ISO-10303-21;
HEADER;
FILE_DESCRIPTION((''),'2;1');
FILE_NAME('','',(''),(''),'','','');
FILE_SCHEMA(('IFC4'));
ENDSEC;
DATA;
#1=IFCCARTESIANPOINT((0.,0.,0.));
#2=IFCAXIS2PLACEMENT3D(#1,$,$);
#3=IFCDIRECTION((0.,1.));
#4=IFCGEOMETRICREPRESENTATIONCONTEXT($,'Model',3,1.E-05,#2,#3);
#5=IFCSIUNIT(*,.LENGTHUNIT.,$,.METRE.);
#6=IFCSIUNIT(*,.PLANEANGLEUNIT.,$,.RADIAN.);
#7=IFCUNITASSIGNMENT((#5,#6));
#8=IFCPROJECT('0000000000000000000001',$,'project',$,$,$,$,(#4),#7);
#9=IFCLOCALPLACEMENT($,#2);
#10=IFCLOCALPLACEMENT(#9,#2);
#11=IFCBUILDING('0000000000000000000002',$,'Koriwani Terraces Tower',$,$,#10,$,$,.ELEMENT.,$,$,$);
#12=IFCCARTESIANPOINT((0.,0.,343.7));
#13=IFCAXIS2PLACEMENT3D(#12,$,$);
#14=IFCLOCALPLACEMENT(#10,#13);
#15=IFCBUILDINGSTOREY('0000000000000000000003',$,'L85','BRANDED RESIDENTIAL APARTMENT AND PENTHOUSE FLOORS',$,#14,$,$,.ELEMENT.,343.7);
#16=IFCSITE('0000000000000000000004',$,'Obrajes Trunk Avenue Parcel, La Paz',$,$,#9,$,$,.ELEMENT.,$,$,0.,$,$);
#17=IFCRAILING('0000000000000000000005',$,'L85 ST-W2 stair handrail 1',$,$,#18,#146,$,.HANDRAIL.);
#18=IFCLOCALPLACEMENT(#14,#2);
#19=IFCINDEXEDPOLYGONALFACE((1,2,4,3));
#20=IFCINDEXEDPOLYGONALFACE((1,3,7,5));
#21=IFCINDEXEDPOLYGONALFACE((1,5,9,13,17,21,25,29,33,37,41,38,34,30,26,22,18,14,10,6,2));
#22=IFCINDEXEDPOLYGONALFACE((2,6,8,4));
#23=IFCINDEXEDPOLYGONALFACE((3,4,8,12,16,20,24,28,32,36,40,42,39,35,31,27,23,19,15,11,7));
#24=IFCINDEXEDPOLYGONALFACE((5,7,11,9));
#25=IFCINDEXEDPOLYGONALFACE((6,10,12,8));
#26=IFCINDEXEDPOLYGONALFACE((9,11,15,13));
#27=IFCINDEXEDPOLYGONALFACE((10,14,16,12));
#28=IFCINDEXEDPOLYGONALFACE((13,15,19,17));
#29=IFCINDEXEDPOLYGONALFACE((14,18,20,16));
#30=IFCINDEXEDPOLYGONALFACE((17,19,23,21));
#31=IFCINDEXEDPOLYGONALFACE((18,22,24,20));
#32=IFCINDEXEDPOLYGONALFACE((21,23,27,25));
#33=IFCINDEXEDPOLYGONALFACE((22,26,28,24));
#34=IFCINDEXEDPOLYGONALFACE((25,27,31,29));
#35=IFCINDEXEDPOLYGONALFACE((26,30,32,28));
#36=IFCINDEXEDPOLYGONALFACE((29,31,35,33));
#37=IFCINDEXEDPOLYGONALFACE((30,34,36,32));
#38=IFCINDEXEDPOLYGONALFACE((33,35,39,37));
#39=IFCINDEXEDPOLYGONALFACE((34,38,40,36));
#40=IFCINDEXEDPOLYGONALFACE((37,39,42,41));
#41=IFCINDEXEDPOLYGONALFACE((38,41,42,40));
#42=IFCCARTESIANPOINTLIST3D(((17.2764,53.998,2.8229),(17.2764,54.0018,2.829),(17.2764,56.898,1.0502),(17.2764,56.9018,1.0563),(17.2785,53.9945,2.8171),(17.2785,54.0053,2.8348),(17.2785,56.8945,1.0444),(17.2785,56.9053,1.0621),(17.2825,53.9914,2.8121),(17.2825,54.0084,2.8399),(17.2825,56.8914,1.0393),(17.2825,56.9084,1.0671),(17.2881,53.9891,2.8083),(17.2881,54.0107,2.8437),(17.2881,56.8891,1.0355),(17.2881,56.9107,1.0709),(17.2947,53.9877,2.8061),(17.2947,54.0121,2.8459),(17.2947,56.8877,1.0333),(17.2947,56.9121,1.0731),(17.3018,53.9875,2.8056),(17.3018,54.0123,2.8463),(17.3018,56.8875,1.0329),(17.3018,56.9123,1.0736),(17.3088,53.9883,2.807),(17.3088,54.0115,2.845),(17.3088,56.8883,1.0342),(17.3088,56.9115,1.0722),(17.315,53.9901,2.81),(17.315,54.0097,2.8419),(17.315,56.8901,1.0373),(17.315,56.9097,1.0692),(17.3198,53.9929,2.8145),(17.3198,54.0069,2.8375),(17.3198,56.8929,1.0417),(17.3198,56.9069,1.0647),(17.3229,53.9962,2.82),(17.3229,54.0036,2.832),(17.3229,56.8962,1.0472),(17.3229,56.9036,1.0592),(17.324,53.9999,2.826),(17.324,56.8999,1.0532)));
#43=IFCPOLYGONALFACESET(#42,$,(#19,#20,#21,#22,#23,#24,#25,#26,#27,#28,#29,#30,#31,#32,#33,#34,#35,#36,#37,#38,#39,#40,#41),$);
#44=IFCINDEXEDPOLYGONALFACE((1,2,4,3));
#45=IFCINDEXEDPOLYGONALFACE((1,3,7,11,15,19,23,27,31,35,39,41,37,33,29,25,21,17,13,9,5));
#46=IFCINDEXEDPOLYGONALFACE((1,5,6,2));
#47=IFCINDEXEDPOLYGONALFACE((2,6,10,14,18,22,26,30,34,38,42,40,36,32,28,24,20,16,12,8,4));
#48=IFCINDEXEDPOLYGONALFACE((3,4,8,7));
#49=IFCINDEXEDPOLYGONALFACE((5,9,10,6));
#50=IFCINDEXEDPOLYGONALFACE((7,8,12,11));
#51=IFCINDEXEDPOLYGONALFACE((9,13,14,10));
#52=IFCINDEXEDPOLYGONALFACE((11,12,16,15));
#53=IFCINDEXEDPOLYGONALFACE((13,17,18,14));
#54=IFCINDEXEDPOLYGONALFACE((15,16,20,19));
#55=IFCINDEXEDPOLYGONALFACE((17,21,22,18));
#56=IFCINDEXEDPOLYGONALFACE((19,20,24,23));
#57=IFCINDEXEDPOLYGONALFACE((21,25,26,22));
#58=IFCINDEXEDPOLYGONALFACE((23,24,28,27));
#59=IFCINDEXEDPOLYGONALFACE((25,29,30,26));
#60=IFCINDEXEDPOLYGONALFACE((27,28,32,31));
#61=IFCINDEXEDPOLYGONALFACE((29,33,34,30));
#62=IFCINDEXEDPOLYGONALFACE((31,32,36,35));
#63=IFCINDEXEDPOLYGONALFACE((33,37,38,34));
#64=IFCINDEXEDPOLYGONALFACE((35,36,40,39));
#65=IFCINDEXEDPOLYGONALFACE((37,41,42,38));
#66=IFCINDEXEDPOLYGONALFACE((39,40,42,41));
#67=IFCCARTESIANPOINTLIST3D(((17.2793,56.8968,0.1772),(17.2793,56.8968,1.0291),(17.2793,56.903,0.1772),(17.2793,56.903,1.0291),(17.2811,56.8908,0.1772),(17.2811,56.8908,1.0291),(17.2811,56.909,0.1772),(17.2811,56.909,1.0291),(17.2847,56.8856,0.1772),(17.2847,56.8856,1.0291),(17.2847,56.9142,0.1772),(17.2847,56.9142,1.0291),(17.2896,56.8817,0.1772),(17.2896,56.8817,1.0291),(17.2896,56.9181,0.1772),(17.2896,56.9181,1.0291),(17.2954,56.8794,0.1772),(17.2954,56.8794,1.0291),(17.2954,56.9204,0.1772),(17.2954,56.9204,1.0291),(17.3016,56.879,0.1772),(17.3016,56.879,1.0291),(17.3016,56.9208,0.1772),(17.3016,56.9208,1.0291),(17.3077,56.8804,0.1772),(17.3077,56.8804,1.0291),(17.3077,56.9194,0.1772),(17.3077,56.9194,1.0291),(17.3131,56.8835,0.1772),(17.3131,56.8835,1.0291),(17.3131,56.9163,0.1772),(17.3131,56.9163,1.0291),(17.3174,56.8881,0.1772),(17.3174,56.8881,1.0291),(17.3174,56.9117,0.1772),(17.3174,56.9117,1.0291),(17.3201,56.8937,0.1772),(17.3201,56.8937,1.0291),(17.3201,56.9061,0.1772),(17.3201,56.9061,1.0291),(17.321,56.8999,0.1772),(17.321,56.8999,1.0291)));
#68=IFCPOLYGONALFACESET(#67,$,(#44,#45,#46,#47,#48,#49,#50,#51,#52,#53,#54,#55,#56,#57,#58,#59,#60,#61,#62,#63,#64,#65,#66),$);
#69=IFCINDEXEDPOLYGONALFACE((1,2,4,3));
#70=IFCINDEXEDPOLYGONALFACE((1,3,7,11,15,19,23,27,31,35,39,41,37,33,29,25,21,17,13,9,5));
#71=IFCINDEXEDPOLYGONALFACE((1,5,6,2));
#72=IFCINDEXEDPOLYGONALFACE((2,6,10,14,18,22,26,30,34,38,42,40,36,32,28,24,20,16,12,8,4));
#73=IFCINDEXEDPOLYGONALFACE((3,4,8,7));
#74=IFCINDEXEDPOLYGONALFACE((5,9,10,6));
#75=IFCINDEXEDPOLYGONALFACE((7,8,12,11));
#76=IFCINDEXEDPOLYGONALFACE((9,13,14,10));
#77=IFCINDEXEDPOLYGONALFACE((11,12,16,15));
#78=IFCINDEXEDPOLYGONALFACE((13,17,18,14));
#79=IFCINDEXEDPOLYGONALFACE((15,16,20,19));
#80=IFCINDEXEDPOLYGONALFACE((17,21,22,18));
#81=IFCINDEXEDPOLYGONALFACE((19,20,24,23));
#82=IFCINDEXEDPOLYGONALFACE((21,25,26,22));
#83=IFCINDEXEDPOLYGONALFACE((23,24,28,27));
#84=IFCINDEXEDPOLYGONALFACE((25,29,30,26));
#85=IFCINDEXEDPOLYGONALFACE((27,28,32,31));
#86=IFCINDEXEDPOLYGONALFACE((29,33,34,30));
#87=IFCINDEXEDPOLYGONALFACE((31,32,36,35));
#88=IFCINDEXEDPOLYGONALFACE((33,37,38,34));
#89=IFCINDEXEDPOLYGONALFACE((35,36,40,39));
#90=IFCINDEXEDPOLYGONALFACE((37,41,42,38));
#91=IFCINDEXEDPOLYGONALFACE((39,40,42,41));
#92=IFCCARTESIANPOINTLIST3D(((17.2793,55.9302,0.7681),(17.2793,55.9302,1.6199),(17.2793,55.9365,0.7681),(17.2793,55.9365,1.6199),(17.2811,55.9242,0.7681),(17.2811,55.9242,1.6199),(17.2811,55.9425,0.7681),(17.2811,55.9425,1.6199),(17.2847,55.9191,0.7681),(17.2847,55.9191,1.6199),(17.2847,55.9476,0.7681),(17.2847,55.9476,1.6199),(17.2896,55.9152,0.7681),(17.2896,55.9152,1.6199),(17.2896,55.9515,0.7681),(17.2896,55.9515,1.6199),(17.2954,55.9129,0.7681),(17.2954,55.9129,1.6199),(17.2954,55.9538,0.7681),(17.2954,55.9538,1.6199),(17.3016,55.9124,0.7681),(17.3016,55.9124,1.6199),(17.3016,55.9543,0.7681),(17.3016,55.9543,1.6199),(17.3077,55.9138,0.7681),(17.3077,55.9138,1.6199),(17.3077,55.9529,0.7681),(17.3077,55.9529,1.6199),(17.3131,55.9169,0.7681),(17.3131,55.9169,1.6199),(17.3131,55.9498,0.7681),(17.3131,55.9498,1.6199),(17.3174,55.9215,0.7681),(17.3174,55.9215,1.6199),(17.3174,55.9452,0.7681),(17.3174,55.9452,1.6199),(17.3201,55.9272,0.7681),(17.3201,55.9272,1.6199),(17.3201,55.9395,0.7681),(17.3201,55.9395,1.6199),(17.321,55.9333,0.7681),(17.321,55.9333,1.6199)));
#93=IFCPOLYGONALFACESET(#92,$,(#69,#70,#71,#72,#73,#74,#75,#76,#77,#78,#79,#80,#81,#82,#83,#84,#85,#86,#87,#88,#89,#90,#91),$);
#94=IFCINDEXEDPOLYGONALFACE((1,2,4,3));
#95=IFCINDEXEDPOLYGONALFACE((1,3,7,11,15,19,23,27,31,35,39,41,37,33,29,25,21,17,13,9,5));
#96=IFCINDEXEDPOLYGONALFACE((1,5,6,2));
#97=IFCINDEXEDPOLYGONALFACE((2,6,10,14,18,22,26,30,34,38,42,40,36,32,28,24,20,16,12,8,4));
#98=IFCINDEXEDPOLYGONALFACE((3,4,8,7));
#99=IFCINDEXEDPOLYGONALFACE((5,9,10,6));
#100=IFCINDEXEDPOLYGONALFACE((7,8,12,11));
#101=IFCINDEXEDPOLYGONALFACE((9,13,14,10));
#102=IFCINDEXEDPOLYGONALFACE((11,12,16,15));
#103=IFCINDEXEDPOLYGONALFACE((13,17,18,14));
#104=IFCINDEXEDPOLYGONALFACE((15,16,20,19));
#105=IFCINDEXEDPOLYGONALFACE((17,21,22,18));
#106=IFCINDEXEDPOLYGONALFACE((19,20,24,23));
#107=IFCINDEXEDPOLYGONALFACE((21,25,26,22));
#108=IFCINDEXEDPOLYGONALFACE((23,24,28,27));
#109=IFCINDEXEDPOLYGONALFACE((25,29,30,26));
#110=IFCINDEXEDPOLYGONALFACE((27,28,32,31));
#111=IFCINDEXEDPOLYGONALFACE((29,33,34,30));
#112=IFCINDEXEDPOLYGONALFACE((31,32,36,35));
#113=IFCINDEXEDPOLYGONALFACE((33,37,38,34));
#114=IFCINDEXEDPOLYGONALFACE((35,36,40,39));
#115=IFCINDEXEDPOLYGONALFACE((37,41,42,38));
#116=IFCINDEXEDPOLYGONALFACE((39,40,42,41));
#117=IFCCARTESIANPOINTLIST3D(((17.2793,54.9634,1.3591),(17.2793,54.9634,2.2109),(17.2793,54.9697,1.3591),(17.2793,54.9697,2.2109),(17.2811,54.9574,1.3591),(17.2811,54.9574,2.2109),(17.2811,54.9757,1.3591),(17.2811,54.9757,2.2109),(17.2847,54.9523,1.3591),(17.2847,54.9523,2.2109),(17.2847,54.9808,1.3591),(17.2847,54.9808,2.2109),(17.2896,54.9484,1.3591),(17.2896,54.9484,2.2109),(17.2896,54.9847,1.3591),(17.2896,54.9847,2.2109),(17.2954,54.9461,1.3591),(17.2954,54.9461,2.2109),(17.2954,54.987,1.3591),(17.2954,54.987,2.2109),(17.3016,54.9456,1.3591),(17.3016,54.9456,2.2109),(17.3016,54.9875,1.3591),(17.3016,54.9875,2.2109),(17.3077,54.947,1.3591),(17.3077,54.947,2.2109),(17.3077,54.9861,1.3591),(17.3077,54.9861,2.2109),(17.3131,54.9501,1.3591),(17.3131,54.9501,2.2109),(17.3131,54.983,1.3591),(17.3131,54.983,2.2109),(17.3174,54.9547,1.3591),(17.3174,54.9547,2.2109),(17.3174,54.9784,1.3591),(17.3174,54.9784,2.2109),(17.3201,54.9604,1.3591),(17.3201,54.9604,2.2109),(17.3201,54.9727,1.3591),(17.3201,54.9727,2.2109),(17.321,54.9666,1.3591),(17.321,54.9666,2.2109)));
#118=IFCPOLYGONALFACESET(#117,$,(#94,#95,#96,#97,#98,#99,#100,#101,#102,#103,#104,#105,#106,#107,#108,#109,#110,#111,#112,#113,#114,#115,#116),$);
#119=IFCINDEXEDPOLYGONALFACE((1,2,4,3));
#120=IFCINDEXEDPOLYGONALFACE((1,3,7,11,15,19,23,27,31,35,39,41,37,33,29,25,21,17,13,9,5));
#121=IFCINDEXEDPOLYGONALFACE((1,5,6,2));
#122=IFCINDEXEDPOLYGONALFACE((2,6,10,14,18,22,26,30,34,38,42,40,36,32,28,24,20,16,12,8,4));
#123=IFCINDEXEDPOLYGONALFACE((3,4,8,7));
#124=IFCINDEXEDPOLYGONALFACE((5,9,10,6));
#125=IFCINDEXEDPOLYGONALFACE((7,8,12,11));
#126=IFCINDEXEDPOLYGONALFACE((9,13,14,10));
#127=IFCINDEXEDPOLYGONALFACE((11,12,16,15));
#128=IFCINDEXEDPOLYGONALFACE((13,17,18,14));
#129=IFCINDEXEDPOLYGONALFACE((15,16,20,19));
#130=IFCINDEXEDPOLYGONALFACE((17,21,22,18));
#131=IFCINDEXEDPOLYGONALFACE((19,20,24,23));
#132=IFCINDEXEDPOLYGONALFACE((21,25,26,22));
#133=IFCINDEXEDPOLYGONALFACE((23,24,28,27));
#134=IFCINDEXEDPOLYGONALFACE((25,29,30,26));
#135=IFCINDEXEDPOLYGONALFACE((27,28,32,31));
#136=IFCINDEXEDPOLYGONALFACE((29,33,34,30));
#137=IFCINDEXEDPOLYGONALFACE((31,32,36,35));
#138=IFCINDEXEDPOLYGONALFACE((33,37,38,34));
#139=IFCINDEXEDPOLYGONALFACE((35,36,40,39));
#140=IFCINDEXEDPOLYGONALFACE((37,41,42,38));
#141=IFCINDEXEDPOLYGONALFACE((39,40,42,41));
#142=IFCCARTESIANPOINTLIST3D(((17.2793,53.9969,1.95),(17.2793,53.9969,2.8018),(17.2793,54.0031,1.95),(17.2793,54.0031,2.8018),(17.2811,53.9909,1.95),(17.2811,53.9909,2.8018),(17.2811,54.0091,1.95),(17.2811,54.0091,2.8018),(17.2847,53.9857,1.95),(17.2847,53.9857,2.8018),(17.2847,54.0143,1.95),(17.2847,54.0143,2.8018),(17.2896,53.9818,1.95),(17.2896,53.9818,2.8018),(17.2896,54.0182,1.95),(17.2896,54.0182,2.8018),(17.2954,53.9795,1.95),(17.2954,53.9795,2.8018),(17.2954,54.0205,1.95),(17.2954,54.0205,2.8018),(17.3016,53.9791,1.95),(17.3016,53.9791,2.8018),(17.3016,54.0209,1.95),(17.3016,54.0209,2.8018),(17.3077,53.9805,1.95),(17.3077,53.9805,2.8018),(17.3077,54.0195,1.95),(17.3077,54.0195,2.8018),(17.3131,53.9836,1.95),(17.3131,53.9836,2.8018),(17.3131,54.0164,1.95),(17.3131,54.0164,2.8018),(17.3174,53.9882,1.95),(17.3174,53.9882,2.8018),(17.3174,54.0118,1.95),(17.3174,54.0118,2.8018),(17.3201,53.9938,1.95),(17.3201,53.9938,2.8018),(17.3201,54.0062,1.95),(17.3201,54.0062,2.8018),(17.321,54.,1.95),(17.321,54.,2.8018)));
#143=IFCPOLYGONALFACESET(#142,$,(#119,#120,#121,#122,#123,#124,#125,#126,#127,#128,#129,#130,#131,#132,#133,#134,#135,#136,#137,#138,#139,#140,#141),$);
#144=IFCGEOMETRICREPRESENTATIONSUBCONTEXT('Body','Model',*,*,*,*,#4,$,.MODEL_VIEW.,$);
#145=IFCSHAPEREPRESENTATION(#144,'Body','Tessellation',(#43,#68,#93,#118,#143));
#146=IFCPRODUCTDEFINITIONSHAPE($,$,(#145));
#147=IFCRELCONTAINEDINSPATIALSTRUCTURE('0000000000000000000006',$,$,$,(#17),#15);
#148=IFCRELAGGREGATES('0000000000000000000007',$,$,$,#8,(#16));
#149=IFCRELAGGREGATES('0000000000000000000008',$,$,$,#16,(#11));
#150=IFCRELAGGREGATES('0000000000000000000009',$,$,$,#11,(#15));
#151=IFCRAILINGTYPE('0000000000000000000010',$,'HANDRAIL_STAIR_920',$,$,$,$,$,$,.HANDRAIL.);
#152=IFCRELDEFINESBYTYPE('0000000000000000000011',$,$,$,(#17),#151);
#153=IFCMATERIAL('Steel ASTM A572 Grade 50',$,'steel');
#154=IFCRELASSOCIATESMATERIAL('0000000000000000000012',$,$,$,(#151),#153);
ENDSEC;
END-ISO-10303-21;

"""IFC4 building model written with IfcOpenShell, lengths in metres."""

from ifc_helpers import new_model, si_unit, direction, frame, origin, origin_2d, place, context, subcontext, project, spatial, circle, extrude, material, type_object, element, save


model = new_model("IFC4")

# Units and contexts
model_context = context("Model", 3, precision=1e-05, world=origin(), true_north=direction((0.0, 1.0)))
body_context = subcontext(model_context, "Body", "Model", "MODEL_VIEW")
ifc_project = project(units=[si_unit("LENGTHUNIT", "METRE"), si_unit("PLANEANGLEUNIT", "RADIAN")], contexts=[model_context])

# Site, building, storey
site_placement = place(None, origin())
site = spatial("IfcSite", under=ifc_project, at=site_placement, Name="Obrajes Trunk Avenue Parcel, La Paz", CompositionType="ELEMENT", RefElevation=0.0)
building_placement = place(site_placement, origin())
building = spatial("IfcBuilding", under=site, at=building_placement, Name="Koriwani Terraces Tower", CompositionType="ELEMENT")
storey_placement = place(building_placement, frame((0.0, 0.0, 343.7)))
storey = spatial("IfcBuildingStorey", under=building, at=storey_placement, Name="L85", Description="BRANDED RESIDENTIAL APARTMENT AND PENTHOUSE FLOORS", CompositionType="ELEMENT", Elevation=343.7)

# Shared definitions
ifc_material_1 = material(Name="Steel ASTM A572 Grade 50", Category="steel")

# Railing
railing_type_1 = type_object("IfcRailingType", Name="HANDRAIL_STAIR_920", PredefinedType="HANDRAIL", material=ifc_material_1)
railing_1_placement = place(storey_placement, frame((17.3, 56.8999, 0.1772)))
element("IfcRailing", 1, at=railing_1_placement, inside=storey, type_object=railing_type_1, Name="L85 ST-W2 stair handrail 1", PredefinedType="HANDRAIL", context=body_context, shape_type="SweptSolid", body=[
    extrude(circle(Radius=0.0239, at=origin_2d()), frame((0.0, 0.0, 0.876), z_axis=(0.0, -0.853211, 0.521566), x_axis=(1.0, 0.0, 0.0)), (0.0, 0.0, 1.0), 3.3989),
    extrude(circle(Radius=0.021, at=origin_2d()), origin(), (0.0, 0.0, 1.0), 0.8518),
    extrude(circle(Radius=0.021, at=origin_2d()), frame((0.0, -0.9666, 0.5908)), (0.0, 0.0, 1.0), 0.8518),
    extrude(circle(Radius=0.021, at=origin_2d()), frame((0.0, -1.9333, 1.1819)), (0.0, 0.0, 1.0), 0.8518),
    extrude(circle(Radius=0.021, at=origin_2d()), frame((0.0, -2.8999, 1.7727)), (0.0, 0.0, 1.0), 0.8518),
])

save(model, "model.ifc")
